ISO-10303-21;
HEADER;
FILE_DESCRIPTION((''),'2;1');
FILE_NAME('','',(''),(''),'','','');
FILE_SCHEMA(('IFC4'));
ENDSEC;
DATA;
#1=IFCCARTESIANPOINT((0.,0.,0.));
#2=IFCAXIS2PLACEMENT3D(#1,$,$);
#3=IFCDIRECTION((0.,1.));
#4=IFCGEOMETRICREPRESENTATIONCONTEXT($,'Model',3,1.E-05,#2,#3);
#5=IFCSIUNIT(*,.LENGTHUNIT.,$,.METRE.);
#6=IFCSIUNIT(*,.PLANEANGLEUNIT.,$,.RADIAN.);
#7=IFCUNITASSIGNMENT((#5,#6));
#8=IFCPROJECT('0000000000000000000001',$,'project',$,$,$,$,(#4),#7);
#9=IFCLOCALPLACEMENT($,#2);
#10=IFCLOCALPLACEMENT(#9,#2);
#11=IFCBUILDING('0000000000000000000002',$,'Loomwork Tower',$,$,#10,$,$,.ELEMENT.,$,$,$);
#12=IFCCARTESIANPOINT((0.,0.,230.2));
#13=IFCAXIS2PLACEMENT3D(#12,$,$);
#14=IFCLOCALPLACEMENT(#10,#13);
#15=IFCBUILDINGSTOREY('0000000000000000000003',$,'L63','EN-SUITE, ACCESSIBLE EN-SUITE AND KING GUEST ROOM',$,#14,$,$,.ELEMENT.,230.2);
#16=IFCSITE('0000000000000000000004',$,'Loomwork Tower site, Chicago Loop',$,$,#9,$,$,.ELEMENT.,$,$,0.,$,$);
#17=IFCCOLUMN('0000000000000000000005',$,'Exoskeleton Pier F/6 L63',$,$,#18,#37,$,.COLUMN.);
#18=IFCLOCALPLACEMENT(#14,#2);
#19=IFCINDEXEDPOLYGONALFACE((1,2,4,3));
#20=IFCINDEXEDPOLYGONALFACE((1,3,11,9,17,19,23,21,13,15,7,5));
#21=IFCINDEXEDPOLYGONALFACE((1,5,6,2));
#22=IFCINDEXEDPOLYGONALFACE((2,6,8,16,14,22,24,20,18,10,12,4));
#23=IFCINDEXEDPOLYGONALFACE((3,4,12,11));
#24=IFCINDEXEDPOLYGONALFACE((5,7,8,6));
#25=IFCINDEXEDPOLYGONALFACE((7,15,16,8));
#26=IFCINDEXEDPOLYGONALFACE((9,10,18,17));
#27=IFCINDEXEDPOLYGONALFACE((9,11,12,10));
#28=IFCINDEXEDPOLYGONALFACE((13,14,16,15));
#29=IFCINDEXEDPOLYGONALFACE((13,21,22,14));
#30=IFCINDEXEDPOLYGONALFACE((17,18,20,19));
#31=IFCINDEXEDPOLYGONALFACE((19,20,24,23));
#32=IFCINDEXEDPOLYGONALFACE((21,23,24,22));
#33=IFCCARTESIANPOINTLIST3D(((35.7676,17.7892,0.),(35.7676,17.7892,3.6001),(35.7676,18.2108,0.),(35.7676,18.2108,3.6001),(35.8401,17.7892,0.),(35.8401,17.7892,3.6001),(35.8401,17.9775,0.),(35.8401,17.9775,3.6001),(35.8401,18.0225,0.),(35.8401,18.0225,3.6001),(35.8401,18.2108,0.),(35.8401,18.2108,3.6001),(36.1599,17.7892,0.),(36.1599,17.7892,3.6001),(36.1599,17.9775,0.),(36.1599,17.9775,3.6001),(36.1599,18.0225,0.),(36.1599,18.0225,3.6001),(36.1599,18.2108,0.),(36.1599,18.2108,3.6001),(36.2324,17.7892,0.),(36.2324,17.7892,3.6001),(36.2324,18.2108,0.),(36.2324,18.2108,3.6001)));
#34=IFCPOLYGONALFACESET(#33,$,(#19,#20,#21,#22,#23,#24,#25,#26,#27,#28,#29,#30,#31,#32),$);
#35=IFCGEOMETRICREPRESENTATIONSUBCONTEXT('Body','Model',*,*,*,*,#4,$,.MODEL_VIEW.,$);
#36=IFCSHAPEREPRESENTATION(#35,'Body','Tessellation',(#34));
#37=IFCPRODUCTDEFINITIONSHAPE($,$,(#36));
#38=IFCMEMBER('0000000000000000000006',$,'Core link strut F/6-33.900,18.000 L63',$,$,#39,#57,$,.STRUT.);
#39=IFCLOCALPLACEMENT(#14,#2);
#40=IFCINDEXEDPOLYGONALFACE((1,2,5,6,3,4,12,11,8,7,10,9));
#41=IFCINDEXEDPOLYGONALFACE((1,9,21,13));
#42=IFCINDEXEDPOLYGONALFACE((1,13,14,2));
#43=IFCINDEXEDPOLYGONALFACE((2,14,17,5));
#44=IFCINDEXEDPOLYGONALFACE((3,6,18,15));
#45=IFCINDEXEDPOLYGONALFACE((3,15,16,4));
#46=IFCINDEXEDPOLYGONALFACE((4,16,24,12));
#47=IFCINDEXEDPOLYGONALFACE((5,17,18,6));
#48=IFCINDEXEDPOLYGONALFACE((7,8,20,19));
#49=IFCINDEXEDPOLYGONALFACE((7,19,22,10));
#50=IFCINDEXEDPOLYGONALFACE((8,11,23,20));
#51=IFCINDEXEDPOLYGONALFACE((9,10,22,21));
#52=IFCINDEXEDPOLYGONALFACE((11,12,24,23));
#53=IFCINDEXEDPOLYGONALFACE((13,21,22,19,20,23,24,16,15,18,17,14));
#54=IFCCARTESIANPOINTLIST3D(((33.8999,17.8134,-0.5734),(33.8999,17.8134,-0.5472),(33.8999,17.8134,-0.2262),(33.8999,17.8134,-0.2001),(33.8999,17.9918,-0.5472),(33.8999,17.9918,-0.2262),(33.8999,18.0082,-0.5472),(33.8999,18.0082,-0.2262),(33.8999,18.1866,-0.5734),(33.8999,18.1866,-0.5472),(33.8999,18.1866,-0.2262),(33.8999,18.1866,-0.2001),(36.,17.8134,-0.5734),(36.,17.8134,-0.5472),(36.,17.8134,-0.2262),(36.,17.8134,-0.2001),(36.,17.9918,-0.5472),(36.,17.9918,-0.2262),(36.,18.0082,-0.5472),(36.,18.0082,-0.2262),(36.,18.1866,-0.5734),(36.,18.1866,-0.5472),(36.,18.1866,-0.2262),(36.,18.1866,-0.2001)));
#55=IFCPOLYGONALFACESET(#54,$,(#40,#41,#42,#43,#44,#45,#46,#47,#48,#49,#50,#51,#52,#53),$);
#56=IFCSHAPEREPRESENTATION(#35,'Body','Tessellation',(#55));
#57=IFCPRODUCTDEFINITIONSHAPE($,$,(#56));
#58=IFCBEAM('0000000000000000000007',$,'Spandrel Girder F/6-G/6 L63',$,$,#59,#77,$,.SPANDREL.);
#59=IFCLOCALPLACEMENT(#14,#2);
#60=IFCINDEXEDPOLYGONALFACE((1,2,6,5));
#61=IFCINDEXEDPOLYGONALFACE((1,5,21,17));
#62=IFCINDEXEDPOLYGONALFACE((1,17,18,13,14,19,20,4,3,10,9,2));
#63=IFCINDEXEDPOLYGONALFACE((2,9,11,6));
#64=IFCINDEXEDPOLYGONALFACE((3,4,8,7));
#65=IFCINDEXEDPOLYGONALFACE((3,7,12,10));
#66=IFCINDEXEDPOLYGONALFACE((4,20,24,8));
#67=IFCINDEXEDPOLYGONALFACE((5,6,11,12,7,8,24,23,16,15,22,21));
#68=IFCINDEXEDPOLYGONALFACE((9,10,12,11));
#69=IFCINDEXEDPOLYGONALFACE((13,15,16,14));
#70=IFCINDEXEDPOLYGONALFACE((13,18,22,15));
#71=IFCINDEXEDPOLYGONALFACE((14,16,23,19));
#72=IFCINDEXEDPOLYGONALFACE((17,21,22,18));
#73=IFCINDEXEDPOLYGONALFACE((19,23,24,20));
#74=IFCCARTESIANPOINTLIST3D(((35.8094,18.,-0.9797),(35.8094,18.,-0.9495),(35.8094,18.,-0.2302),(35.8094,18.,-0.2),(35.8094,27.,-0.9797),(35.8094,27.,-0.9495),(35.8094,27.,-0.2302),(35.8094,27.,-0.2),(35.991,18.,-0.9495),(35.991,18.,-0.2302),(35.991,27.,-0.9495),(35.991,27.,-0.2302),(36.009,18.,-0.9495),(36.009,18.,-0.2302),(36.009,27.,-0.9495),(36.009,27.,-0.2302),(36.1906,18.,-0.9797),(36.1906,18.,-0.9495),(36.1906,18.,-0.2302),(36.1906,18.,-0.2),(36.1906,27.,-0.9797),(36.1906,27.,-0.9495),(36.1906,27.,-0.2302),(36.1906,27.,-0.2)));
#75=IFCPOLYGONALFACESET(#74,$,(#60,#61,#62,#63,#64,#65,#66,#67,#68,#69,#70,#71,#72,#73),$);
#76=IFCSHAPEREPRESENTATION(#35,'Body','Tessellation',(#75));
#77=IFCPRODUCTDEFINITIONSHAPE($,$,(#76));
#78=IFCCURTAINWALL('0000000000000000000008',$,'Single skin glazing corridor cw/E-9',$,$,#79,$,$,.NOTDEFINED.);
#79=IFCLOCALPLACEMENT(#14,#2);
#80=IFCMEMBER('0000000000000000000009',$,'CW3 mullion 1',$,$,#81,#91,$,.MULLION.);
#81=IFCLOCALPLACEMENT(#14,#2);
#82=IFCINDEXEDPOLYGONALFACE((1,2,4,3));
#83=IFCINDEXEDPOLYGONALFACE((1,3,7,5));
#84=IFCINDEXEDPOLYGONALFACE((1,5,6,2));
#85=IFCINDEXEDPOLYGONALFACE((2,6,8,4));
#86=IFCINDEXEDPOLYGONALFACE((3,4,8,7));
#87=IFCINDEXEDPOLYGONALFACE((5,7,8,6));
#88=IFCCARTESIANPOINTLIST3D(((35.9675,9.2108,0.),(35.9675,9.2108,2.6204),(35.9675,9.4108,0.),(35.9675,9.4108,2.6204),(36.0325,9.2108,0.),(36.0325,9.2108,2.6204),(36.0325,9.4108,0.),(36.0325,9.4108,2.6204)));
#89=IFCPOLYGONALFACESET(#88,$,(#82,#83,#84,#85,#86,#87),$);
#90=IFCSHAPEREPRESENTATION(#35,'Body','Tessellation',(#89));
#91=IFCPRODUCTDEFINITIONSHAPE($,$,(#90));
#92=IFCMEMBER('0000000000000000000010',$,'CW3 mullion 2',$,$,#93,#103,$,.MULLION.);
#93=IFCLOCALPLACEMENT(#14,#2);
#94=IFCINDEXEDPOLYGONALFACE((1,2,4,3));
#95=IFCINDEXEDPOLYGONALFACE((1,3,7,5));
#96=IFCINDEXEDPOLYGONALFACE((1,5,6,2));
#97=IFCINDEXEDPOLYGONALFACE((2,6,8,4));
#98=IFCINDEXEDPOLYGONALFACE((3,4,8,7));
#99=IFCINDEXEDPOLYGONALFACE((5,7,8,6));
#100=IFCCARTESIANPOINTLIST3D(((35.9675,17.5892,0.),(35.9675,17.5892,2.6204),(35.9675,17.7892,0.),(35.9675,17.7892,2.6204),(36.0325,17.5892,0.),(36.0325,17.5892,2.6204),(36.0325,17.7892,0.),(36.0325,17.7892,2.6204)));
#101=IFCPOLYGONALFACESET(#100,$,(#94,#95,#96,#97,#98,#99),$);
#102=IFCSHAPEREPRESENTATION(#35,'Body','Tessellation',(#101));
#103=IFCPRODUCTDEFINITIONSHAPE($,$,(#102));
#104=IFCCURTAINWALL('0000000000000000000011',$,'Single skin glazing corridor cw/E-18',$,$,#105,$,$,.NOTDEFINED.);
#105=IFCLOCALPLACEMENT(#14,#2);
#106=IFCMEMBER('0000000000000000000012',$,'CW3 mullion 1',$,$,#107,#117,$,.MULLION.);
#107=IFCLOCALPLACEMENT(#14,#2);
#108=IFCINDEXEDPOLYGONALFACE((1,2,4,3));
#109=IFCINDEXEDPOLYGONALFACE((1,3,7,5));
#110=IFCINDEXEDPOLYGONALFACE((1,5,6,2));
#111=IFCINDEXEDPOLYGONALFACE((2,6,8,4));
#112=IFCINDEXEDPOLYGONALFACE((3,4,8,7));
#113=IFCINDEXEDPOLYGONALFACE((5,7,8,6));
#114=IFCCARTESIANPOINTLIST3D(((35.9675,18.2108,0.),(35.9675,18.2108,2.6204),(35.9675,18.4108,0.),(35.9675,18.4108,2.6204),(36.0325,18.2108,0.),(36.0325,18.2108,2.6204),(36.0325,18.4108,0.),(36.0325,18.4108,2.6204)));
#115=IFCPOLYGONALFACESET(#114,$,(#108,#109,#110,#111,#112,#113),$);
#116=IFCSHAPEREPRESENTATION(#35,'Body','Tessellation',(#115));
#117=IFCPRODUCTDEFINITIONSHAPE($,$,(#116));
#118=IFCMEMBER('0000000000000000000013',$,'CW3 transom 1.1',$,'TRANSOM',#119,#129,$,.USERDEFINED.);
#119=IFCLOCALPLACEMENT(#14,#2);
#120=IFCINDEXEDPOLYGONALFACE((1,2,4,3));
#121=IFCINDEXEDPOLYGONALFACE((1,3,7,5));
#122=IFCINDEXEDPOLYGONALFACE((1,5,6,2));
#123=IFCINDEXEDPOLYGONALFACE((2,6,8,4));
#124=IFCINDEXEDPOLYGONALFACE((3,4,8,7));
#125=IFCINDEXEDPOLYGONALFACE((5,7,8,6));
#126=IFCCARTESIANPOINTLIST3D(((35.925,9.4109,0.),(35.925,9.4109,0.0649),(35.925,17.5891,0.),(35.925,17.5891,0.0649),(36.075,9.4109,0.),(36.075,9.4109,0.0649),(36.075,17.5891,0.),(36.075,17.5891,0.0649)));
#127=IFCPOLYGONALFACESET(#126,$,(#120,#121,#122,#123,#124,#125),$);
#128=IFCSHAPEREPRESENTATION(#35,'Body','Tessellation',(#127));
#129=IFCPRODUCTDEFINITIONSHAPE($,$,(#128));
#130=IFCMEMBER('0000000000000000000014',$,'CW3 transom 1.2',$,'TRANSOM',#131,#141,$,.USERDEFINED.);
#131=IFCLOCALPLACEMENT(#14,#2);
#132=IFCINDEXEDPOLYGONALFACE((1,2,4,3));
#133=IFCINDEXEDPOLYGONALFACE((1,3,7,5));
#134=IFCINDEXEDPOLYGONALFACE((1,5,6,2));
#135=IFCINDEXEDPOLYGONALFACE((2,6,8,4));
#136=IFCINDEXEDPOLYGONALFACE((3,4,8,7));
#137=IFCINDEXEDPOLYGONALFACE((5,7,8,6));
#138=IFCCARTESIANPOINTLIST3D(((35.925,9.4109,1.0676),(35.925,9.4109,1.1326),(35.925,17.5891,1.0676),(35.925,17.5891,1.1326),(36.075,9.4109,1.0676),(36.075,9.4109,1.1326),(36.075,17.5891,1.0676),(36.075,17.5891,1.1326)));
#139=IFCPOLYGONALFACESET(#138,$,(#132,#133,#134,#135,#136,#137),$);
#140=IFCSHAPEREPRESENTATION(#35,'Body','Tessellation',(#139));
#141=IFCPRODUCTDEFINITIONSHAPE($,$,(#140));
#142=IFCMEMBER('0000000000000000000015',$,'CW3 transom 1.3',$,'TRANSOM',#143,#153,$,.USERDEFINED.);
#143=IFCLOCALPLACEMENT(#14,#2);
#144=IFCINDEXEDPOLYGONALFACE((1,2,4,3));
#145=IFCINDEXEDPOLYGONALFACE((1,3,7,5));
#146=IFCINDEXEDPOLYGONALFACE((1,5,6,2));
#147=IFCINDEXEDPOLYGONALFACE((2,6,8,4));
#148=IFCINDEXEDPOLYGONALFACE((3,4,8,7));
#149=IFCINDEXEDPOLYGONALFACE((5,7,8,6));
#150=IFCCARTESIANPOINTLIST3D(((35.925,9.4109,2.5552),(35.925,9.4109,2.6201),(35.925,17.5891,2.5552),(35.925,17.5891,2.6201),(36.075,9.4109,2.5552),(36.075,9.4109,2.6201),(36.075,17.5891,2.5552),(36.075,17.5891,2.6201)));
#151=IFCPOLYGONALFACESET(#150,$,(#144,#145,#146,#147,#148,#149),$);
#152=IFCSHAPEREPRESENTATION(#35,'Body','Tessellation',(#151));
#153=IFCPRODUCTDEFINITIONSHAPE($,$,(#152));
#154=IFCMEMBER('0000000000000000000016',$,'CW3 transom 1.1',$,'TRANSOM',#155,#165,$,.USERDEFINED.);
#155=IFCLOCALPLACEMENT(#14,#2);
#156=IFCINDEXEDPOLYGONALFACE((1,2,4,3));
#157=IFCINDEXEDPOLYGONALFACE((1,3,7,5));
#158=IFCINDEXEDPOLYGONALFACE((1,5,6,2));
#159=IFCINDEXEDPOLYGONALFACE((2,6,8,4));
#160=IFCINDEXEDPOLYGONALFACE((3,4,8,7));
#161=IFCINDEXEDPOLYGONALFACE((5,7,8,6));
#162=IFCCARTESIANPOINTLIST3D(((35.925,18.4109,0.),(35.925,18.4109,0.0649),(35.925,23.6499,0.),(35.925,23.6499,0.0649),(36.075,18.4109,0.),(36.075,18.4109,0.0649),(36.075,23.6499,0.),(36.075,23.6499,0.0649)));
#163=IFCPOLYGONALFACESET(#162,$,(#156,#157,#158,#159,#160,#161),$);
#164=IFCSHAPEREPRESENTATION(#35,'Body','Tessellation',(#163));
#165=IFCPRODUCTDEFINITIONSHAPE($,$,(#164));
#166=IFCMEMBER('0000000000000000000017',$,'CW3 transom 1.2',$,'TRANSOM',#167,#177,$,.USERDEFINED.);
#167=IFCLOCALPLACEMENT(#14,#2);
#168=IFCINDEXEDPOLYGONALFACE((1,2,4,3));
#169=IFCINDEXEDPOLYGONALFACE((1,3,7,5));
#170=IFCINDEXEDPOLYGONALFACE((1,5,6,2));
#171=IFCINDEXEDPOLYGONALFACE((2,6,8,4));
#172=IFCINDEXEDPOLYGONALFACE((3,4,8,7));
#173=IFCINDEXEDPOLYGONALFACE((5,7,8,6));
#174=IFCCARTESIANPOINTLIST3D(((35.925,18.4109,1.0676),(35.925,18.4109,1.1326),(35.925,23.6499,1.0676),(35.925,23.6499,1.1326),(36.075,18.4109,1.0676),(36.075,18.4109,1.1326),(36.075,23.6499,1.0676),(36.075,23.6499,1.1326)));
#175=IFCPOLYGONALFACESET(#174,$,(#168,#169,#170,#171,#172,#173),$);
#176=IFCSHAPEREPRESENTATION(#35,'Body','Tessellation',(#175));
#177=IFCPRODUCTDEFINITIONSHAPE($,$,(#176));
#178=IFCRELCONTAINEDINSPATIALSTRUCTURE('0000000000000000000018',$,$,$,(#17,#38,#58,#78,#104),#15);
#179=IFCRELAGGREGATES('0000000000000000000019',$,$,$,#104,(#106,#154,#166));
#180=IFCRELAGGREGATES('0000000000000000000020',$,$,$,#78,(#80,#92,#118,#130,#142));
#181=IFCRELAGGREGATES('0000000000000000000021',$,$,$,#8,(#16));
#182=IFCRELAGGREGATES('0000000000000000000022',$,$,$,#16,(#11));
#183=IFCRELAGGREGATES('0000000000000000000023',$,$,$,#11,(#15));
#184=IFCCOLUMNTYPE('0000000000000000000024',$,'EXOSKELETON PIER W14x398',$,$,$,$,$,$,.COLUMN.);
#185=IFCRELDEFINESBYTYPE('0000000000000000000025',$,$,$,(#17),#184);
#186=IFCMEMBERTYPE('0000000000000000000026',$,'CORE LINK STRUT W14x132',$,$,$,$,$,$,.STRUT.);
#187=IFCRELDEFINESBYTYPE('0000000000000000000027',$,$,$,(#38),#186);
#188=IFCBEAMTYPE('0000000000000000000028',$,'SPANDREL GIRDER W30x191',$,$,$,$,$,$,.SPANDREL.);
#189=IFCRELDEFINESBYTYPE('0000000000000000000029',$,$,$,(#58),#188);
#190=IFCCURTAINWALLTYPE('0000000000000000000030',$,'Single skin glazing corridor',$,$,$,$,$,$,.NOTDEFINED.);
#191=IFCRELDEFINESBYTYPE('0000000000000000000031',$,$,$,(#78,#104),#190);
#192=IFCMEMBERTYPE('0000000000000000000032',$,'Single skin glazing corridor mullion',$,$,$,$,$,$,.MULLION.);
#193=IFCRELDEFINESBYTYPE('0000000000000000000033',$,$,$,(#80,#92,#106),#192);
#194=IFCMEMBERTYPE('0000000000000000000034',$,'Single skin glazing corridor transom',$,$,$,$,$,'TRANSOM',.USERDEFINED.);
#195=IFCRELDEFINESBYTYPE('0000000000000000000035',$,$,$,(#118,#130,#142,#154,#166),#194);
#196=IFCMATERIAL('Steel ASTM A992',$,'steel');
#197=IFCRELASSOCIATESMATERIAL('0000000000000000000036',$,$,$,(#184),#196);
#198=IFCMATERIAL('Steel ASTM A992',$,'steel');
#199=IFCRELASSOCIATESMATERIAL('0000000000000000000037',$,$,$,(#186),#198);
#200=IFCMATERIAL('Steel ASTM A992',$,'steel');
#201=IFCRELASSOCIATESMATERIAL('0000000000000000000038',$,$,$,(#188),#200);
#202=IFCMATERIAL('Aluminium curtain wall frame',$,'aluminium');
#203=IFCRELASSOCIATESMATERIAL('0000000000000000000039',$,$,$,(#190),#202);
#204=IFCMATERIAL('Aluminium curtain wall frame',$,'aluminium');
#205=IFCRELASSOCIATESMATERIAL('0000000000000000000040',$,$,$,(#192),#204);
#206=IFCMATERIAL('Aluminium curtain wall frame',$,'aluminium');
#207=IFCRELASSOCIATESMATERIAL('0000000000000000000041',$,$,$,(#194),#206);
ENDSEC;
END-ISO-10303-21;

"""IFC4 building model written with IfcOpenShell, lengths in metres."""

from ifc_helpers import new_model, si_unit, direction, frame, origin, origin_2d, place, context, subcontext, project, spatial, rectangle, i_section, extrude, material, material_profile, profile_set, type_object, element, aggregate, save


model = new_model("IFC4")

# Units and contexts
model_context = context("Model", 3, precision=1e-05, world=origin(), true_north=direction((0.0, 1.0)))
body_context = subcontext(model_context, "Body", "Model", "MODEL_VIEW")
ifc_project = project(units=[si_unit("LENGTHUNIT", "METRE"), si_unit("PLANEANGLEUNIT", "RADIAN")], contexts=[model_context])

# Site, building, storey
site_placement = place(None, origin())
site = spatial("IfcSite", under=ifc_project, at=site_placement, Name="Loomwork Tower site, Chicago Loop", CompositionType="ELEMENT", RefElevation=0.0)
building_placement = place(site_placement, origin())
building = spatial("IfcBuilding", under=site, at=building_placement, Name="Loomwork Tower", CompositionType="ELEMENT")
storey_placement = place(building_placement, frame((0.0, 0.0, 230.2)))
storey = spatial("IfcBuildingStorey", under=building, at=storey_placement, Name="L63", Description="EN-SUITE, ACCESSIBLE EN-SUITE AND KING GUEST ROOM", CompositionType="ELEMENT", Elevation=230.2)

# Column
ifc_material_1 = material(Name="Steel ASTM A992", Category="steel")
ifc_material_profile_1 = material_profile(ifc_material_1, i_section(OverallWidth=0.4216, OverallDepth=0.4648, WebThickness=0.0449, FlangeThickness=0.0725, at=origin_2d()), Name="W14x398")
ifc_profile_set_1 = profile_set([ifc_material_profile_1], Name="Steel ASTM A992")
column_type = type_object("IfcColumnType", Name="EXOSKELETON PIER W14x398", PredefinedType="COLUMN", material=ifc_profile_set_1)
column_placement = place(storey_placement, frame((36.0, 18.0, 0.0), z_axis=(0.0, 0.0, 1.0), x_axis=(0.0, 1.0, 0.0)))
element("IfcColumn", 1, at=column_placement, inside=storey, type_object=column_type, Name="Exoskeleton Pier F/6 L63", PredefinedType="COLUMN", context=body_context, shape_type="SweptSolid", body=[
    extrude(i_section(OverallWidth=0.4216, OverallDepth=0.4648, WebThickness=0.0449, FlangeThickness=0.0725, at=origin_2d()), origin(), (0.0, 0.0, 1.0), 3.6001),
])

# Member
ifc_material_2 = material(Name="Steel ASTM A992", Category="steel")
ifc_material_profile_2 = material_profile(ifc_material_2, i_section(OverallWidth=0.3733, OverallDepth=0.3733, WebThickness=0.0164, FlangeThickness=0.0261, at=origin_2d()), Name="W14x132")
ifc_profile_set_2 = profile_set([ifc_material_profile_2], Name="Steel ASTM A992")
member_type_1 = type_object("IfcMemberType", Name="CORE LINK STRUT W14x132", PredefinedType="STRUT", material=ifc_profile_set_2)
member_1_placement = place(storey_placement, frame((36.0, 18.0, -0.3867), z_axis=(-1.0, 0.0, 0.0), x_axis=(0.0, -1.0, 0.0)))
element("IfcMember", 2, at=member_1_placement, inside=storey, type_object=member_type_1, Name="Core link strut F/6-33.900,18.000 L63", PredefinedType="STRUT", context=body_context, shape_type="SweptSolid", body=[
    extrude(i_section(OverallWidth=0.3733, OverallDepth=0.3733, WebThickness=0.0164, FlangeThickness=0.0261, at=origin_2d()), origin(), (0.0, 0.0, 1.0), 2.1001),
])

# Beam
ifc_material_3 = material(Name="Steel ASTM A992", Category="steel")
ifc_material_profile_3 = material_profile(ifc_material_3, i_section(OverallWidth=0.3811, OverallDepth=0.7798, WebThickness=0.0181, FlangeThickness=0.0303, at=origin_2d()), Name="W30x191")
ifc_profile_set_3 = profile_set([ifc_material_profile_3], Name="Steel ASTM A992")
beam_type = type_object("IfcBeamType", Name="SPANDREL GIRDER W30x191", PredefinedType="SPANDREL", material=ifc_profile_set_3)
beam_placement = place(storey_placement, frame((36.0, 18.0, -0.5898), z_axis=(0.0, 1.0, 0.0), x_axis=(-1.0, 0.0, 0.0)))
element("IfcBeam", 3, at=beam_placement, inside=storey, type_object=beam_type, Name="Spandrel Girder F/6-G/6 L63", PredefinedType="SPANDREL", context=body_context, shape_type="SweptSolid", body=[
    extrude(i_section(OverallWidth=0.3811, OverallDepth=0.7798, WebThickness=0.0181, FlangeThickness=0.0303, at=origin_2d()), origin(), (0.0, 0.0, 1.0), 9.0),
])

# Curtain wall, members
ifc_material_4 = material(Name="Aluminium curtain wall frame", Category="aluminium")
curtain_wall_type = type_object("IfcCurtainWallType", Name="Single skin glazing corridor", PredefinedType="NOTDEFINED", material=ifc_material_4)
curtain_wall_1_placement = place(storey_placement, origin())
curtain_wall_1 = element("IfcCurtainWall", 4, at=curtain_wall_1_placement, inside=storey, type_object=curtain_wall_type, Name="Single skin glazing corridor cw/E-9", PredefinedType="NOTDEFINED")
ifc_material_5 = material(Name="Aluminium curtain wall frame", Category="aluminium")
ifc_material_profile_4 = material_profile(ifc_material_5, rectangle(XDim=0.0649, YDim=0.2, at=origin_2d()), Name="AL 65x200")
ifc_profile_set_4 = profile_set([ifc_material_profile_4], Name="Aluminium curtain wall frame")
member_type_2 = type_object("IfcMemberType", Name="Single skin glazing corridor mullion", PredefinedType="MULLION", material=ifc_profile_set_4)
member_2_placement = place(storey_placement, frame((36.0, 9.3108, 0.0), z_axis=(0.0, 0.0, 1.0), x_axis=(-1.0, 0.0, 0.0)))
member_2 = element("IfcMember", 5, at=member_2_placement, type_object=member_type_2, Name="CW3 mullion 1", PredefinedType="MULLION", context=body_context, shape_type="SweptSolid", body=[
    extrude(rectangle(XDim=0.0649, YDim=0.2, at=origin_2d()), origin(), (0.0, 0.0, 1.0), 2.6204),
])
member_3_placement = place(storey_placement, frame((36.0, 17.6892, 0.0), z_axis=(0.0, 0.0, 1.0), x_axis=(-1.0, 0.0, 0.0)))
member_3 = element("IfcMember", 6, at=member_3_placement, type_object=member_type_2, Name="CW3 mullion 2", PredefinedType="MULLION", context=body_context, shape_type="SweptSolid", body=[
    extrude(rectangle(XDim=0.0649, YDim=0.2, at=origin_2d()), origin(), (0.0, 0.0, 1.0), 2.6204),
])

# Curtain wall, member
curtain_wall_2_placement = place(storey_placement, origin())
curtain_wall_2 = element("IfcCurtainWall", 7, at=curtain_wall_2_placement, inside=storey, type_object=curtain_wall_type, Name="Single skin glazing corridor cw/E-18", PredefinedType="NOTDEFINED")
member_4_placement = place(storey_placement, frame((36.0, 18.3108, 0.0), z_axis=(0.0, 0.0, 1.0), x_axis=(-1.0, 0.0, 0.0)))
member_4 = element("IfcMember", 8, at=member_4_placement, type_object=member_type_2, Name="CW3 mullion 1", PredefinedType="MULLION", context=body_context, shape_type="SweptSolid", body=[
    extrude(rectangle(XDim=0.0649, YDim=0.2, at=origin_2d()), origin(), (0.0, 0.0, 1.0), 2.6204),
])

# Members
ifc_material_6 = material(Name="Aluminium curtain wall frame", Category="aluminium")
ifc_material_profile_5 = material_profile(ifc_material_6, rectangle(XDim=0.1499, YDim=0.0649, at=origin_2d()), Name="AL 65x150")
ifc_profile_set_5 = profile_set([ifc_material_profile_5], Name="Aluminium curtain wall frame")
member_type_3 = type_object("IfcMemberType", Name="Single skin glazing corridor transom", ElementType="TRANSOM", PredefinedType="USERDEFINED", material=ifc_profile_set_5)
member_5_placement = place(storey_placement, frame((36.0, 9.4109, 0.0325), z_axis=(0.0, 1.0, 0.0), x_axis=(-1.0, 0.0, 0.0)))
member_5 = element("IfcMember", 9, at=member_5_placement, type_object=member_type_3, Name="CW3 transom 1.1", ObjectType="TRANSOM", PredefinedType="USERDEFINED", context=body_context, shape_type="SweptSolid", body=[
    extrude(rectangle(XDim=0.1499, YDim=0.0649, at=origin_2d()), origin(), (0.0, 0.0, 1.0), 8.1782),
])
member_6_placement = place(storey_placement, frame((36.0, 9.4109, 1.1001), z_axis=(0.0, 1.0, 0.0), x_axis=(-1.0, 0.0, 0.0)))
member_6 = element("IfcMember", 10, at=member_6_placement, type_object=member_type_3, Name="CW3 transom 1.2", ObjectType="TRANSOM", PredefinedType="USERDEFINED", context=body_context, shape_type="SweptSolid", body=[
    extrude(rectangle(XDim=0.1499, YDim=0.0649, at=origin_2d()), origin(), (0.0, 0.0, 1.0), 8.1782),
])
member_7_placement = place(storey_placement, frame((36.0, 9.4109, 2.5876), z_axis=(0.0, 1.0, 0.0), x_axis=(-1.0, 0.0, 0.0)))
member_7 = element("IfcMember", 11, at=member_7_placement, type_object=member_type_3, Name="CW3 transom 1.3", ObjectType="TRANSOM", PredefinedType="USERDEFINED", context=body_context, shape_type="SweptSolid", body=[
    extrude(rectangle(XDim=0.1499, YDim=0.0649, at=origin_2d()), origin(), (0.0, 0.0, 1.0), 8.1782),
])
member_8_placement = place(storey_placement, frame((36.0, 18.4109, 0.0325), z_axis=(0.0, 1.0, 0.0), x_axis=(-1.0, 0.0, 0.0)))
member_8 = element("IfcMember", 12, at=member_8_placement, type_object=member_type_3, Name="CW3 transom 1.1", ObjectType="TRANSOM", PredefinedType="USERDEFINED", context=body_context, shape_type="SweptSolid", body=[
    extrude(rectangle(XDim=0.1499, YDim=0.0649, at=origin_2d()), origin(), (0.0, 0.0, 1.0), 5.239),
])
member_9_placement = place(storey_placement, frame((36.0, 18.4109, 1.1001), z_axis=(0.0, 1.0, 0.0), x_axis=(-1.0, 0.0, 0.0)))
member_9 = element("IfcMember", 13, at=member_9_placement, type_object=member_type_3, Name="CW3 transom 1.2", ObjectType="TRANSOM", PredefinedType="USERDEFINED", context=body_context, shape_type="SweptSolid", body=[
    extrude(rectangle(XDim=0.1499, YDim=0.0649, at=origin_2d()), origin(), (0.0, 0.0, 1.0), 5.239),
])
aggregate(curtain_wall_2, [member_4, member_8, member_9])

aggregate(curtain_wall_1, [member_2, member_3, member_5, member_6, member_7])

save(model, "model.ifc")
